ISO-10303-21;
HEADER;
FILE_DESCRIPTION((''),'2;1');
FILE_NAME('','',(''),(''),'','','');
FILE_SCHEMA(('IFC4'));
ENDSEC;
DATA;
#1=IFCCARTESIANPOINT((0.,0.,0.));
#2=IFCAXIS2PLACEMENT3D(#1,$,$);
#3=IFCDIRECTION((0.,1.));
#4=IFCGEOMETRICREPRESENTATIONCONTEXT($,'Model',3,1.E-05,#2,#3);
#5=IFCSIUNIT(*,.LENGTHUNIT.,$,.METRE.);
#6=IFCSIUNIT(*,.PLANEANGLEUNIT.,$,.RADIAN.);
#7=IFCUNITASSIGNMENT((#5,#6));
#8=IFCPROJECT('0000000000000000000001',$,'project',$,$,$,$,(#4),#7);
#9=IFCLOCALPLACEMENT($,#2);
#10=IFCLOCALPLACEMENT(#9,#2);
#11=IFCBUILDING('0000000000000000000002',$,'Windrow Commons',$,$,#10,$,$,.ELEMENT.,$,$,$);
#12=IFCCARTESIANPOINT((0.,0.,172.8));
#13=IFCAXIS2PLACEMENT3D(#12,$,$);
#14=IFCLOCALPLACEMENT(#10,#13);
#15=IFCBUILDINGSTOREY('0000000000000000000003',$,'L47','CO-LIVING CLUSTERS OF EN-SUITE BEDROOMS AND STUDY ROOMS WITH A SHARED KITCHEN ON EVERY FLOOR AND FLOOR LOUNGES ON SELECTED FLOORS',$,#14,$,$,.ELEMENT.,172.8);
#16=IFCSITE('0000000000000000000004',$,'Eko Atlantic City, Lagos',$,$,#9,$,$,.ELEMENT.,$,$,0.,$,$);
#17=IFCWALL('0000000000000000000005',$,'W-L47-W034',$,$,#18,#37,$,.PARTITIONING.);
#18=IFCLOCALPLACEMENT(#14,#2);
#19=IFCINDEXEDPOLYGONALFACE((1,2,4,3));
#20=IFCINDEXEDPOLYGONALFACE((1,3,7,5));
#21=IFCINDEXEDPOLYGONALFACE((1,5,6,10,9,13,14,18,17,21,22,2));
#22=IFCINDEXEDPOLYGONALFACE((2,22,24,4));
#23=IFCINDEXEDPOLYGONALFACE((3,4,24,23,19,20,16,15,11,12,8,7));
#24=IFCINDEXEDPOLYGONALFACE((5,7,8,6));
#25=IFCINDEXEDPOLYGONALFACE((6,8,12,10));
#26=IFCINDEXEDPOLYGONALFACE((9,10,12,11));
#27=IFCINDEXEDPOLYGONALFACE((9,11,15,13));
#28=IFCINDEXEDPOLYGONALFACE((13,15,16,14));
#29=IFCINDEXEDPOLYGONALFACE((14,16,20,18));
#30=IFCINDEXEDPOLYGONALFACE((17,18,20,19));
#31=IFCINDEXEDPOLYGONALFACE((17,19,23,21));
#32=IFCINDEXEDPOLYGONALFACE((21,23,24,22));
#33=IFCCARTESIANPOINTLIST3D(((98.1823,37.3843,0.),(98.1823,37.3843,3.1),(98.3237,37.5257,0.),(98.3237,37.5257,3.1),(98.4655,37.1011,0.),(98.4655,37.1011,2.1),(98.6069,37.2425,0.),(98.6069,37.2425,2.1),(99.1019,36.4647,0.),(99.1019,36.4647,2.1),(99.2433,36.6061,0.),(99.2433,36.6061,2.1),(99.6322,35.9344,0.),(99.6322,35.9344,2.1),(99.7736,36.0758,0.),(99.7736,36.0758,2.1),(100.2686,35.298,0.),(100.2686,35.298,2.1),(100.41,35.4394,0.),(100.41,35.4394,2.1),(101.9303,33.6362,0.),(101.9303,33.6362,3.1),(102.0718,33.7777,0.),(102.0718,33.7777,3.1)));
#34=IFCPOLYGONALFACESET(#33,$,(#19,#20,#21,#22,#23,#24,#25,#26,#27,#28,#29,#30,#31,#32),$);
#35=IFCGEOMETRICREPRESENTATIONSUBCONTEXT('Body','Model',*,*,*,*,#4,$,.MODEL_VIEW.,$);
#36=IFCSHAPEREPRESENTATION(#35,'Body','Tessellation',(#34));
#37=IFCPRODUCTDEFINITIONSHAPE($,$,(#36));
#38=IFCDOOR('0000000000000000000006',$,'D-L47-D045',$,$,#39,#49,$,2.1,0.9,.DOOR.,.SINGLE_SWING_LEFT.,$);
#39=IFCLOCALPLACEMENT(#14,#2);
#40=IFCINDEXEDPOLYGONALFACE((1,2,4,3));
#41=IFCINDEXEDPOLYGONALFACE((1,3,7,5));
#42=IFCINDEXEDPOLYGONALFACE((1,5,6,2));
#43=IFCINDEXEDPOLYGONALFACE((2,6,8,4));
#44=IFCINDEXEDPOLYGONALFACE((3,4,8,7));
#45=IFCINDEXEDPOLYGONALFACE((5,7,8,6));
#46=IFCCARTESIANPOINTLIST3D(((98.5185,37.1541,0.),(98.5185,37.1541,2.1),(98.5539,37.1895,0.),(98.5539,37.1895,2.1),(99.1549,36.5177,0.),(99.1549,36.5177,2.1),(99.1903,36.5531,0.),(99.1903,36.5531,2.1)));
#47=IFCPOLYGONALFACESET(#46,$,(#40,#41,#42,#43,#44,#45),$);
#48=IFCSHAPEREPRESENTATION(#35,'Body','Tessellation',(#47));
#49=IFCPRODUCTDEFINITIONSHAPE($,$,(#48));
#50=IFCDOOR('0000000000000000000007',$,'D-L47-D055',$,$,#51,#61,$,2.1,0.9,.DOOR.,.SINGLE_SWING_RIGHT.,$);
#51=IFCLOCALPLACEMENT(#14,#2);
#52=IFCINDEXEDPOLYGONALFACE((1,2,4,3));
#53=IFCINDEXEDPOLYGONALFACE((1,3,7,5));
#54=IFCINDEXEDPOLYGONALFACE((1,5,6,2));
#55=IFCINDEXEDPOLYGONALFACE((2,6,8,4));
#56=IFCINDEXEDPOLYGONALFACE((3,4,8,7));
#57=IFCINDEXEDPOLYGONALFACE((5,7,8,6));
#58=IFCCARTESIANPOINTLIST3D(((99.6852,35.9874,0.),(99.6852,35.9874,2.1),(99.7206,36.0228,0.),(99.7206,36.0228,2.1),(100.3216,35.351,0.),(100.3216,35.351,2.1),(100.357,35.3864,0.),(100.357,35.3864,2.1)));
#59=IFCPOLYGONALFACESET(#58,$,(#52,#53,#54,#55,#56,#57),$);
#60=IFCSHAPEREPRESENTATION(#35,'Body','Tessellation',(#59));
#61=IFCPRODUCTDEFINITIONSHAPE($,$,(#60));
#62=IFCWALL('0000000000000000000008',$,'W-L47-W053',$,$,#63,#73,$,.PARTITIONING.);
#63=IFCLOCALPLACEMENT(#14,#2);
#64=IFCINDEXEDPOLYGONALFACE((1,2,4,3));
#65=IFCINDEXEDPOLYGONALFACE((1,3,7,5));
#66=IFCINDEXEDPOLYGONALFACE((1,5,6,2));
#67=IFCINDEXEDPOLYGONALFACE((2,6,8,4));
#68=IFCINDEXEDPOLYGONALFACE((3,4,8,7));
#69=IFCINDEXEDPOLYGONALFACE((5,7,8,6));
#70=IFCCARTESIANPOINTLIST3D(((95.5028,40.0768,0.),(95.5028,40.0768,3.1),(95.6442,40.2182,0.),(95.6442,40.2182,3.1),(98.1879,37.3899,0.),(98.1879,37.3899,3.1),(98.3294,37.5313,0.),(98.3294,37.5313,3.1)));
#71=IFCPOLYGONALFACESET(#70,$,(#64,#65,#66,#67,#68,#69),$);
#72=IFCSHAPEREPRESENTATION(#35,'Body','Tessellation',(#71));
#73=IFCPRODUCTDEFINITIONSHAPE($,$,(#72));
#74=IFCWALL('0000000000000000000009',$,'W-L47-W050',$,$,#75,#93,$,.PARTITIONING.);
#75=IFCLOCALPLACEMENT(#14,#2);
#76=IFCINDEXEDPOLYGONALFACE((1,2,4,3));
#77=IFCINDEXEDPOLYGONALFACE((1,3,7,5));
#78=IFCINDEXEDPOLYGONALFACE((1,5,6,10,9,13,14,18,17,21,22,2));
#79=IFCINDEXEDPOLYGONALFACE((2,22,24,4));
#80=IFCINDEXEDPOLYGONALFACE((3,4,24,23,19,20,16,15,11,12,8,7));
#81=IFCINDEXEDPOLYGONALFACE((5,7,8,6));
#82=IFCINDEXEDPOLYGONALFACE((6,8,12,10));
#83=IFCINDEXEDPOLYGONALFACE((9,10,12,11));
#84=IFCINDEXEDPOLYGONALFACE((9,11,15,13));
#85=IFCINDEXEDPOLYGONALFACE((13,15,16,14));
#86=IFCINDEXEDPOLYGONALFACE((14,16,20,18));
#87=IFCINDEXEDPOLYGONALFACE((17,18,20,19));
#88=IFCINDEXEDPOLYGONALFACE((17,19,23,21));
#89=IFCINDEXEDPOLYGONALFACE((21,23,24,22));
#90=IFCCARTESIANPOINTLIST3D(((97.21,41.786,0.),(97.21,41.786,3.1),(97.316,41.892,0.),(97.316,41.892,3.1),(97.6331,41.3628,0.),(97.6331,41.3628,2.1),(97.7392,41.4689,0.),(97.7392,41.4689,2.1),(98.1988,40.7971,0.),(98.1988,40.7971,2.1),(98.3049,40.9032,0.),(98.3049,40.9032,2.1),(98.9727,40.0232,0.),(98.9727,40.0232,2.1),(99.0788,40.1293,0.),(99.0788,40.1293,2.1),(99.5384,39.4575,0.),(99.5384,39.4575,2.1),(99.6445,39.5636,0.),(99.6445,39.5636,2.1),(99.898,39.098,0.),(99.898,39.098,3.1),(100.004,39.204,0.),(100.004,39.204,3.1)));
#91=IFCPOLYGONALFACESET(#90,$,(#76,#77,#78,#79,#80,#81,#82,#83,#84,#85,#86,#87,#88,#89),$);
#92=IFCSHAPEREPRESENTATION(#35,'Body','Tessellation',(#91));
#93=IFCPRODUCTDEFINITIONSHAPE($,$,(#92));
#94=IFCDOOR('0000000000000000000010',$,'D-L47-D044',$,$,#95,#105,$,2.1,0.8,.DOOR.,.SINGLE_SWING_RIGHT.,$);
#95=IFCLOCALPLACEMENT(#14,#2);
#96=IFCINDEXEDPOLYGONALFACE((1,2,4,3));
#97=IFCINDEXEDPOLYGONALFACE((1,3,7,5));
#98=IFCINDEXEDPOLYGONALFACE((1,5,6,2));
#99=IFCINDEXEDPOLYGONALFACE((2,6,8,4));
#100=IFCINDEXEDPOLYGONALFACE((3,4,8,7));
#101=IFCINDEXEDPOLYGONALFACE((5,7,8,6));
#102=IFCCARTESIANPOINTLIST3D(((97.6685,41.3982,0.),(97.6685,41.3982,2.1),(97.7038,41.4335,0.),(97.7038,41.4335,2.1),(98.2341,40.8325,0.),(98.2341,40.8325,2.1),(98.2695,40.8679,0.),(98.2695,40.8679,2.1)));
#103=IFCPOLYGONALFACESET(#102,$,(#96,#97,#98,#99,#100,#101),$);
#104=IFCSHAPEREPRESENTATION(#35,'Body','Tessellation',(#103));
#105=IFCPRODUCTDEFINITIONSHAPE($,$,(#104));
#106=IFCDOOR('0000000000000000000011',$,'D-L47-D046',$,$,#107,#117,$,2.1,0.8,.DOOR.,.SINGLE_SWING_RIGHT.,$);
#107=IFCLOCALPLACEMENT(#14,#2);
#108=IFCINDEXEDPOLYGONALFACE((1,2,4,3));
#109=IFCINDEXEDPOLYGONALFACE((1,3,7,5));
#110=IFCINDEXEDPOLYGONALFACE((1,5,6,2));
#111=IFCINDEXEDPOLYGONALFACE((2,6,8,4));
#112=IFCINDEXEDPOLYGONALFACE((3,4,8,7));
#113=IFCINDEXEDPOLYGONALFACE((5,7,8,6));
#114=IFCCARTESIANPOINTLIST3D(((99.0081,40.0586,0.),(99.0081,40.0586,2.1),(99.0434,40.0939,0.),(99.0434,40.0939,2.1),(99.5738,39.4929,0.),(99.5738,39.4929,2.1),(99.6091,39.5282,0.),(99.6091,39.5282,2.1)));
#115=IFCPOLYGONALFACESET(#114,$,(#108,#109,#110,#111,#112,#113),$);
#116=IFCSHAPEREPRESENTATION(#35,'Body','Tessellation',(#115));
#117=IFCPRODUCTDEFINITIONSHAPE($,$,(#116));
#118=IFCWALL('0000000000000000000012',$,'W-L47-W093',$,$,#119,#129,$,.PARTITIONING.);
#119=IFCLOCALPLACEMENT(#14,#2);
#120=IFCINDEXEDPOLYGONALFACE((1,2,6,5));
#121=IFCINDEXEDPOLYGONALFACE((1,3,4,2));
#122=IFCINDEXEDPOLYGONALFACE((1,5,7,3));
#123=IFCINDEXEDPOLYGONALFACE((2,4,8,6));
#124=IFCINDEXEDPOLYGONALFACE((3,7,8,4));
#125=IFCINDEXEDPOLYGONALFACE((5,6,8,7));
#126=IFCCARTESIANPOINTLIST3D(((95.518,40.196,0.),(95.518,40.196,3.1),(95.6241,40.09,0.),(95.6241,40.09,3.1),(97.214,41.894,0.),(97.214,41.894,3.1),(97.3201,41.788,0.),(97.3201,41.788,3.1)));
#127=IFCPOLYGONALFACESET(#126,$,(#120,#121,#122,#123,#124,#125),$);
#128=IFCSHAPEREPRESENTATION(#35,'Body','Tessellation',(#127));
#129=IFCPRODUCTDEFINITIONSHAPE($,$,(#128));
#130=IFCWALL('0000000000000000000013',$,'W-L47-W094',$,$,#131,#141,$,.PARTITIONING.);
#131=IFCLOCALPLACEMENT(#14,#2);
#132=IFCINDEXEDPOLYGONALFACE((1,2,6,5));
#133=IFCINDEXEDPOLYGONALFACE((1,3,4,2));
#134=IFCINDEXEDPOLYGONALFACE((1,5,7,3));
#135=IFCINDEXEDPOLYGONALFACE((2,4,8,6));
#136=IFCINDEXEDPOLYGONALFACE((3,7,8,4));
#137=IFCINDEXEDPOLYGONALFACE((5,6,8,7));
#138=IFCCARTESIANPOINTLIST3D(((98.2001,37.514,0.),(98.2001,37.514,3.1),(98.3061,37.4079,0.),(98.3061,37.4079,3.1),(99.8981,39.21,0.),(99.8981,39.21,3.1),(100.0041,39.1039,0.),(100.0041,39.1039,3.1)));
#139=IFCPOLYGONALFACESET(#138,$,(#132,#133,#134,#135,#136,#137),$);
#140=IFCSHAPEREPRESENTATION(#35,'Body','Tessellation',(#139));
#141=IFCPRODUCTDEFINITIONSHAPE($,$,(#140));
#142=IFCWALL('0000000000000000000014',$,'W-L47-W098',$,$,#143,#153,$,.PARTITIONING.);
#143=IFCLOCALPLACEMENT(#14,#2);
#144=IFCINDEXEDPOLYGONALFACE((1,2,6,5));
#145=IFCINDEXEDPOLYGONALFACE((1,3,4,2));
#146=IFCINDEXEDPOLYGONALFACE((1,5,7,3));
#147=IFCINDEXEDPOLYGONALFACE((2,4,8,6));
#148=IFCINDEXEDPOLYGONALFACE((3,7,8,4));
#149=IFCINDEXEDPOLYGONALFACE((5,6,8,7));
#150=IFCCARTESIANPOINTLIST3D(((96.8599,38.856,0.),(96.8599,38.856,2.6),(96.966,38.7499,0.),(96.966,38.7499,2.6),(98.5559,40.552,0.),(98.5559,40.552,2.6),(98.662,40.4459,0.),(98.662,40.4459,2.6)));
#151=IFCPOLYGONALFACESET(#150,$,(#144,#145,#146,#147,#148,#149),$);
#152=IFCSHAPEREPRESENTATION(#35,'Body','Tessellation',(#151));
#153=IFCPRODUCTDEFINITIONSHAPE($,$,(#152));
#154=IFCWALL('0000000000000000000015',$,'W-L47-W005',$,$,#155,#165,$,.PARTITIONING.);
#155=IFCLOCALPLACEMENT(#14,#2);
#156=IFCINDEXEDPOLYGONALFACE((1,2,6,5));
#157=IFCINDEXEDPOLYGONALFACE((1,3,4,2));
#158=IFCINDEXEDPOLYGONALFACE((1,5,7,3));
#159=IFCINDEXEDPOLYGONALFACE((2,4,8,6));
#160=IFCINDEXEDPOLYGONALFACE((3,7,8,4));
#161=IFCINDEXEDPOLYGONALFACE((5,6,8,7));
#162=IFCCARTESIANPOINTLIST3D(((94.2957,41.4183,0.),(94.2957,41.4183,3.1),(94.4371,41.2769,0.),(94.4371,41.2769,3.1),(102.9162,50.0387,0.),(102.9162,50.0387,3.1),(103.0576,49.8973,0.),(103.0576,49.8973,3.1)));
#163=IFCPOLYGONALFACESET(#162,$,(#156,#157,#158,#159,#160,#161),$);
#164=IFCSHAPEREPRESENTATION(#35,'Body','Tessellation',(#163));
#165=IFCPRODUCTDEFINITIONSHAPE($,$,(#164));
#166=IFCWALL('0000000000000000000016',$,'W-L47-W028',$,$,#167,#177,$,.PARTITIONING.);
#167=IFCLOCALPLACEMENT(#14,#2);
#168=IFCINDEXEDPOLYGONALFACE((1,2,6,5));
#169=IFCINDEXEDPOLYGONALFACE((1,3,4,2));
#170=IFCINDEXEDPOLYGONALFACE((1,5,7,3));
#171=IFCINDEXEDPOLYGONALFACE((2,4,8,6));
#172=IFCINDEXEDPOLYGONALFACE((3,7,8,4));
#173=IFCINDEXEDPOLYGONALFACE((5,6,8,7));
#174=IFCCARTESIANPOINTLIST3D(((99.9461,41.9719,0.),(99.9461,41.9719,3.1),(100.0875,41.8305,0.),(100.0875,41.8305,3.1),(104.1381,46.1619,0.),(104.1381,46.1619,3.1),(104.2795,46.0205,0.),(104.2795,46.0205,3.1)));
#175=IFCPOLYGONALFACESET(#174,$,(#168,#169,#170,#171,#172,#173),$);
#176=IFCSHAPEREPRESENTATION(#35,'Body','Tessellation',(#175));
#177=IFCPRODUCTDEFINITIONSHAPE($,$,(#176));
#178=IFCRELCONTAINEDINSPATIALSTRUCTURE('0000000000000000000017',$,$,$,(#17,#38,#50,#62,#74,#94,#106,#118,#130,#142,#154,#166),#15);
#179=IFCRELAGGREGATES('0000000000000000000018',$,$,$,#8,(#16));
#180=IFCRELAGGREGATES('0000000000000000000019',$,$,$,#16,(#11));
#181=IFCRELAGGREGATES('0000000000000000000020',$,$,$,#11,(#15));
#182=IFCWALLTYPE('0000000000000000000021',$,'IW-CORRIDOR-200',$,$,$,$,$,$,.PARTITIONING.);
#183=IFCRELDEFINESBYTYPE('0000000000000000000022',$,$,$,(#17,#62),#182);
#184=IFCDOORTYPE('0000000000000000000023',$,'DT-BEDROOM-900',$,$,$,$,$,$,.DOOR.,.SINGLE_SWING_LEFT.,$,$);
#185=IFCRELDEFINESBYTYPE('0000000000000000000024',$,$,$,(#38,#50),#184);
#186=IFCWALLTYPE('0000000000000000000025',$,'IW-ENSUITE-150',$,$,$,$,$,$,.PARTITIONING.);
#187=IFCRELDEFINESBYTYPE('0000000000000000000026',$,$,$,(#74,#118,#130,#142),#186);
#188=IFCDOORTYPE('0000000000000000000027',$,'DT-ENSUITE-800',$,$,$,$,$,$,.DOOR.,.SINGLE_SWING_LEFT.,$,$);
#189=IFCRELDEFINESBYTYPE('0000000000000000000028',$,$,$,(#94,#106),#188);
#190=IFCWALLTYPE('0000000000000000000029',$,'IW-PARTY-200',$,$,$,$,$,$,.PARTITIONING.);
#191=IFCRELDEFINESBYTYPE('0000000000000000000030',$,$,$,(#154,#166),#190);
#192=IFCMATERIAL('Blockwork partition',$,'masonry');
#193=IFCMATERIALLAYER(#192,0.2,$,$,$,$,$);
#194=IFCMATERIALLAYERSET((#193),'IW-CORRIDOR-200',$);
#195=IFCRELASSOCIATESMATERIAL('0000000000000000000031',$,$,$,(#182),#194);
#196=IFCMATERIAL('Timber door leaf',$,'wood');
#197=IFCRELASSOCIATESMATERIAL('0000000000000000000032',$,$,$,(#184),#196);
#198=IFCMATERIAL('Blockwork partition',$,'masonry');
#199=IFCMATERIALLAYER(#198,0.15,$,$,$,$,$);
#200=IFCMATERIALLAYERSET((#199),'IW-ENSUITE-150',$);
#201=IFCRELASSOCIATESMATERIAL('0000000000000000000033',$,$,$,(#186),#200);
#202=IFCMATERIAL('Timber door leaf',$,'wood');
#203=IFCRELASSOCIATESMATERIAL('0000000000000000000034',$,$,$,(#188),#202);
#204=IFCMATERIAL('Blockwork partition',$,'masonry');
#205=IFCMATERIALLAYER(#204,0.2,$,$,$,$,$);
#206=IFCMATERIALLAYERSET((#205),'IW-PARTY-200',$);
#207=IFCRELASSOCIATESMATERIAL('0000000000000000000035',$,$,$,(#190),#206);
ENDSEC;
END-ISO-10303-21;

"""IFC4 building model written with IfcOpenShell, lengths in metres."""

from ifc_helpers import new_model, si_unit, direction, frame, frame_2d, origin, place, context, subcontext, project, spatial, rectangle, extrude, material, layer, layer_set, type_object, element, fill, save


model = new_model("IFC4")

# Units and contexts
model_context = context("Model", 3, precision=1e-05, world=origin(), true_north=direction((0.0, 1.0)))
body_context = subcontext(model_context, "Body", "Model", "MODEL_VIEW")
ifc_project = project(units=[si_unit("LENGTHUNIT", "METRE"), si_unit("PLANEANGLEUNIT", "RADIAN")], contexts=[model_context])

# Site, building, storey
site_placement = place(None, origin())
site = spatial("IfcSite", under=ifc_project, at=site_placement, Name="Eko Atlantic City, Lagos", CompositionType="ELEMENT", RefElevation=0.0)
building_placement = place(site_placement, origin())
building = spatial("IfcBuilding", under=site, at=building_placement, Name="Windrow Commons", CompositionType="ELEMENT")
storey_placement = place(building_placement, frame((0.0, 0.0, 172.8)))
storey = spatial("IfcBuildingStorey", under=building, at=storey_placement, Name="L47", Description="CO-LIVING CLUSTERS OF EN-SUITE BEDROOMS AND STUDY ROOMS WITH A SHARED KITCHEN ON EVERY FLOOR AND FLOOR LOUNGES ON SELECTED FLOORS", CompositionType="ELEMENT", Elevation=172.8)

# Wall, openings, doors
ifc_material_1 = material(Name="Blockwork partition", Category="masonry")
ifc_layer_1 = layer(ifc_material_1, 0.2)
ifc_layer_set_1 = layer_set([ifc_layer_1], Name="IW-CORRIDOR-200")
wall_type_1 = type_object("IfcWallType", Name="IW-CORRIDOR-200", PredefinedType="PARTITIONING", material=ifc_layer_set_1)
wall_1_placement = place(storey_placement, frame((98.253, 37.455, 0.0), z_axis=(0.0, 0.0, 1.0), x_axis=(0.707107, -0.707107, 0.0)))
wall_1 = element("IfcWall", 1, at=wall_1_placement, inside=storey, type_object=wall_type_1, Name="W-L47-W034", PredefinedType="PARTITIONING", context=body_context, shape_type="SweptSolid", body=[
    extrude(rectangle(XDim=5.3005, YDim=0.2, at=frame_2d((2.6503, 0.0))), origin(), (0.0, 0.0, 1.0), 3.1),
])
opening_1_placement = place(wall_1_placement, frame((0.4005, 0.0, 0.0)))
opening_1 = element("IfcOpeningElement", 2, at=opening_1_placement, cuts=wall_1, PredefinedType="OPENING", context=body_context, shape_type="SweptSolid", body=[
    extrude(rectangle(XDim=0.9, YDim=2.1, at=frame_2d((0.45, 1.05))), frame((0.0, 0.11, 0.0), z_axis=(0.0, -1.0, 0.0), x_axis=(1.0, 0.0, 0.0)), (0.0, 0.0, 1.0), 0.22),
])
opening_2_placement = place(wall_1_placement, frame((2.0505, 0.0, 0.0)))
opening_2 = element("IfcOpeningElement", 3, at=opening_2_placement, cuts=wall_1, PredefinedType="OPENING", context=body_context, shape_type="SweptSolid", body=[
    extrude(rectangle(XDim=0.9, YDim=2.1, at=frame_2d((0.45, 1.05))), frame((0.0, 0.11, 0.0), z_axis=(0.0, -1.0, 0.0), x_axis=(1.0, 0.0, 0.0)), (0.0, 0.0, 1.0), 0.22),
])
ifc_material_2 = material(Name="Timber door leaf", Category="wood")
door_type_1 = type_object("IfcDoorType", Name="DT-BEDROOM-900", OperationType="SINGLE_SWING_LEFT", PredefinedType="DOOR", material=ifc_material_2)
door_1_placement = place(opening_1_placement, origin())
door_1 = element("IfcDoor", 4, at=door_1_placement, inside=storey, type_object=door_type_1, Name="D-L47-D045", OperationType="SINGLE_SWING_LEFT", OverallHeight=2.1, OverallWidth=0.9, PredefinedType="DOOR", context=body_context, shape_type="SweptSolid", body=[
    extrude(rectangle(XDim=0.9, YDim=2.1, at=frame_2d((0.45, 1.05))), frame((0.0, 0.025, 0.0), z_axis=(0.0, -1.0, 0.0), x_axis=(1.0, 0.0, 0.0)), (0.0, 0.0, 1.0), 0.05),
])
fill(opening_1, door_1)
door_2_placement = place(opening_2_placement, origin())
door_2 = element("IfcDoor", 5, at=door_2_placement, inside=storey, type_object=door_type_1, Name="D-L47-D055", OperationType="SINGLE_SWING_RIGHT", OverallHeight=2.1, OverallWidth=0.9, PredefinedType="DOOR", context=body_context, shape_type="SweptSolid", body=[
    extrude(rectangle(XDim=0.9, YDim=2.1, at=frame_2d((0.45, 1.05))), frame((0.0, 0.025, 0.0), z_axis=(0.0, -1.0, 0.0), x_axis=(1.0, 0.0, 0.0)), (0.0, 0.0, 1.0), 0.05),
])
fill(opening_2, door_2)

# Wall
wall_2_placement = place(storey_placement, frame((95.5735, 40.1475, 0.0), z_axis=(0.0, 0.0, 1.0), x_axis=(0.70687, -0.707344, 0.0)))
element("IfcWall", 6, at=wall_2_placement, inside=storey, type_object=wall_type_1, Name="W-L47-W053", PredefinedType="PARTITIONING", context=body_context, shape_type="SweptSolid", body=[
    extrude(rectangle(XDim=3.7986, YDim=0.2, at=frame_2d((1.8993, 0.0))), origin(), (0.0, 0.0, 1.0), 3.1),
])

# Wall, openings, doors
ifc_material_3 = material(Name="Blockwork partition", Category="masonry")
ifc_layer_2 = layer(ifc_material_3, 0.15)
ifc_layer_set_2 = layer_set([ifc_layer_2], Name="IW-ENSUITE-150")
wall_type_2 = type_object("IfcWallType", Name="IW-ENSUITE-150", PredefinedType="PARTITIONING", material=ifc_layer_set_2)
wall_3_placement = place(storey_placement, frame((97.263, 41.839, 0.0), z_axis=(0.0, 0.0, 1.0), x_axis=(0.707107, -0.707107, 0.0)))
wall_3 = element("IfcWall", 7, at=wall_3_placement, inside=storey, type_object=wall_type_2, Name="W-L47-W050", PredefinedType="PARTITIONING", context=body_context, shape_type="SweptSolid", body=[
    extrude(rectangle(XDim=3.8014, YDim=0.15, at=frame_2d((1.9007, 0.0))), origin(), (0.0, 0.0, 1.0), 3.1),
])
opening_3_placement = place(wall_3_placement, frame((0.5984, 0.0, 0.0)))
opening_3 = element("IfcOpeningElement", 8, at=opening_3_placement, cuts=wall_3, PredefinedType="OPENING", context=body_context, shape_type="SweptSolid", body=[
    extrude(rectangle(XDim=0.8, YDim=2.1, at=frame_2d((0.4, 1.05))), frame((0.0, 0.085, 0.0), z_axis=(0.0, -1.0, 0.0), x_axis=(1.0, 0.0, 0.0)), (0.0, 0.0, 1.0), 0.17),
])
opening_4_placement = place(wall_3_placement, frame((2.4929, 0.0, 0.0)))
opening_4 = element("IfcOpeningElement", 9, at=opening_4_placement, cuts=wall_3, PredefinedType="OPENING", context=body_context, shape_type="SweptSolid", body=[
    extrude(rectangle(XDim=0.8, YDim=2.1, at=frame_2d((0.4, 1.05))), frame((0.0, 0.085, 0.0), z_axis=(0.0, -1.0, 0.0), x_axis=(1.0, 0.0, 0.0)), (0.0, 0.0, 1.0), 0.17),
])
ifc_material_4 = material(Name="Timber door leaf", Category="wood")
door_type_2 = type_object("IfcDoorType", Name="DT-ENSUITE-800", OperationType="SINGLE_SWING_LEFT", PredefinedType="DOOR", material=ifc_material_4)
door_3_placement = place(opening_3_placement, origin())
door_3 = element("IfcDoor", 10, at=door_3_placement, inside=storey, type_object=door_type_2, Name="D-L47-D044", OperationType="SINGLE_SWING_RIGHT", OverallHeight=2.1, OverallWidth=0.8, PredefinedType="DOOR", context=body_context, shape_type="SweptSolid", body=[
    extrude(rectangle(XDim=0.8, YDim=2.1, at=frame_2d((0.4, 1.05))), frame((0.0, 0.025, 0.0), z_axis=(0.0, -1.0, 0.0), x_axis=(1.0, 0.0, 0.0)), (0.0, 0.0, 1.0), 0.05),
])
fill(opening_3, door_3)
door_4_placement = place(opening_4_placement, origin())
door_4 = element("IfcDoor", 11, at=door_4_placement, inside=storey, type_object=door_type_2, Name="D-L47-D046", OperationType="SINGLE_SWING_RIGHT", OverallHeight=2.1, OverallWidth=0.8, PredefinedType="DOOR", context=body_context, shape_type="SweptSolid", body=[
    extrude(rectangle(XDim=0.8, YDim=2.1, at=frame_2d((0.4, 1.05))), frame((0.0, 0.025, 0.0), z_axis=(0.0, -1.0, 0.0), x_axis=(1.0, 0.0, 0.0)), (0.0, 0.0, 1.0), 0.05),
])
fill(opening_4, door_4)

# Walls
for number, where, z_axis, x_axis, name in (
    (12, (95.571, 40.143, 0.0), (0.0, 0.0, 1.0), (0.70669, 0.707523, 0.0), "W-L47-W093"),
    (13, (98.2531, 37.4609, 0.0), (0.0, 0.0, 1.0), (0.707523, 0.70669, 0.0), "W-L47-W094"),
):
    element("IfcWall", number, at=place(storey_placement, frame(where, z_axis=z_axis, x_axis=x_axis)), inside=storey, type_object=wall_type_2, Name=name, PredefinedType="PARTITIONING", context=body_context, shape_type="SweptSolid", body=[
        extrude(rectangle(XDim=2.3999, YDim=0.15, at=frame_2d((1.2, 0.0))), origin(), (0.0, 0.0, 1.0), 3.1),
    ])
wall_4_placement = place(storey_placement, frame((96.913, 38.803, 0.0), z_axis=(0.0, 0.0, 1.0), x_axis=(0.707107, 0.707107, 0.0)))
element("IfcWall", 14, at=wall_4_placement, inside=storey, type_object=wall_type_2, Name="W-L47-W098", PredefinedType="PARTITIONING", context=body_context, shape_type="SweptSolid", body=[
    extrude(rectangle(XDim=2.3985, YDim=0.15, at=frame_2d((1.1992, 0.0))), origin(), (0.0, 0.0, 1.0), 2.6),
])
ifc_material_5 = material(Name="Blockwork partition", Category="masonry")
ifc_layer_3 = layer(ifc_material_5, 0.2)
ifc_layer_set_3 = layer_set([ifc_layer_3], Name="IW-PARTY-200")
wall_type_3 = type_object("IfcWallType", Name="IW-PARTY-200", PredefinedType="PARTITIONING", material=ifc_layer_set_3)
wall_5_placement = place(storey_placement, frame((94.3664, 41.3476, 0.0), z_axis=(0.0, 0.0, 1.0), x_axis=(0.707111, 0.707103, 0.0)))
element("IfcWall", 15, at=wall_5_placement, inside=storey, type_object=wall_type_3, Name="W-L47-W005", PredefinedType="PARTITIONING", context=body_context, shape_type="SweptSolid", body=[
    extrude(rectangle(XDim=12.1912, YDim=0.2, at=frame_2d((6.0956, 0.0))), origin(), (0.0, 0.0, 1.0), 3.1),
])
wall_6_placement = place(storey_placement, frame((100.0168, 41.9012, 0.0), z_axis=(0.0, 0.0, 1.0), x_axis=(0.707275, 0.706938, 0.0)))
element("IfcWall", 16, at=wall_6_placement, inside=storey, type_object=wall_type_3, Name="W-L47-W028", PredefinedType="PARTITIONING", context=body_context, shape_type="SweptSolid", body=[
    extrude(rectangle(XDim=5.927, YDim=0.2, at=frame_2d((2.9635, 0.0))), origin(), (0.0, 0.0, 1.0), 3.1),
])

save(model, "model.ifc")
